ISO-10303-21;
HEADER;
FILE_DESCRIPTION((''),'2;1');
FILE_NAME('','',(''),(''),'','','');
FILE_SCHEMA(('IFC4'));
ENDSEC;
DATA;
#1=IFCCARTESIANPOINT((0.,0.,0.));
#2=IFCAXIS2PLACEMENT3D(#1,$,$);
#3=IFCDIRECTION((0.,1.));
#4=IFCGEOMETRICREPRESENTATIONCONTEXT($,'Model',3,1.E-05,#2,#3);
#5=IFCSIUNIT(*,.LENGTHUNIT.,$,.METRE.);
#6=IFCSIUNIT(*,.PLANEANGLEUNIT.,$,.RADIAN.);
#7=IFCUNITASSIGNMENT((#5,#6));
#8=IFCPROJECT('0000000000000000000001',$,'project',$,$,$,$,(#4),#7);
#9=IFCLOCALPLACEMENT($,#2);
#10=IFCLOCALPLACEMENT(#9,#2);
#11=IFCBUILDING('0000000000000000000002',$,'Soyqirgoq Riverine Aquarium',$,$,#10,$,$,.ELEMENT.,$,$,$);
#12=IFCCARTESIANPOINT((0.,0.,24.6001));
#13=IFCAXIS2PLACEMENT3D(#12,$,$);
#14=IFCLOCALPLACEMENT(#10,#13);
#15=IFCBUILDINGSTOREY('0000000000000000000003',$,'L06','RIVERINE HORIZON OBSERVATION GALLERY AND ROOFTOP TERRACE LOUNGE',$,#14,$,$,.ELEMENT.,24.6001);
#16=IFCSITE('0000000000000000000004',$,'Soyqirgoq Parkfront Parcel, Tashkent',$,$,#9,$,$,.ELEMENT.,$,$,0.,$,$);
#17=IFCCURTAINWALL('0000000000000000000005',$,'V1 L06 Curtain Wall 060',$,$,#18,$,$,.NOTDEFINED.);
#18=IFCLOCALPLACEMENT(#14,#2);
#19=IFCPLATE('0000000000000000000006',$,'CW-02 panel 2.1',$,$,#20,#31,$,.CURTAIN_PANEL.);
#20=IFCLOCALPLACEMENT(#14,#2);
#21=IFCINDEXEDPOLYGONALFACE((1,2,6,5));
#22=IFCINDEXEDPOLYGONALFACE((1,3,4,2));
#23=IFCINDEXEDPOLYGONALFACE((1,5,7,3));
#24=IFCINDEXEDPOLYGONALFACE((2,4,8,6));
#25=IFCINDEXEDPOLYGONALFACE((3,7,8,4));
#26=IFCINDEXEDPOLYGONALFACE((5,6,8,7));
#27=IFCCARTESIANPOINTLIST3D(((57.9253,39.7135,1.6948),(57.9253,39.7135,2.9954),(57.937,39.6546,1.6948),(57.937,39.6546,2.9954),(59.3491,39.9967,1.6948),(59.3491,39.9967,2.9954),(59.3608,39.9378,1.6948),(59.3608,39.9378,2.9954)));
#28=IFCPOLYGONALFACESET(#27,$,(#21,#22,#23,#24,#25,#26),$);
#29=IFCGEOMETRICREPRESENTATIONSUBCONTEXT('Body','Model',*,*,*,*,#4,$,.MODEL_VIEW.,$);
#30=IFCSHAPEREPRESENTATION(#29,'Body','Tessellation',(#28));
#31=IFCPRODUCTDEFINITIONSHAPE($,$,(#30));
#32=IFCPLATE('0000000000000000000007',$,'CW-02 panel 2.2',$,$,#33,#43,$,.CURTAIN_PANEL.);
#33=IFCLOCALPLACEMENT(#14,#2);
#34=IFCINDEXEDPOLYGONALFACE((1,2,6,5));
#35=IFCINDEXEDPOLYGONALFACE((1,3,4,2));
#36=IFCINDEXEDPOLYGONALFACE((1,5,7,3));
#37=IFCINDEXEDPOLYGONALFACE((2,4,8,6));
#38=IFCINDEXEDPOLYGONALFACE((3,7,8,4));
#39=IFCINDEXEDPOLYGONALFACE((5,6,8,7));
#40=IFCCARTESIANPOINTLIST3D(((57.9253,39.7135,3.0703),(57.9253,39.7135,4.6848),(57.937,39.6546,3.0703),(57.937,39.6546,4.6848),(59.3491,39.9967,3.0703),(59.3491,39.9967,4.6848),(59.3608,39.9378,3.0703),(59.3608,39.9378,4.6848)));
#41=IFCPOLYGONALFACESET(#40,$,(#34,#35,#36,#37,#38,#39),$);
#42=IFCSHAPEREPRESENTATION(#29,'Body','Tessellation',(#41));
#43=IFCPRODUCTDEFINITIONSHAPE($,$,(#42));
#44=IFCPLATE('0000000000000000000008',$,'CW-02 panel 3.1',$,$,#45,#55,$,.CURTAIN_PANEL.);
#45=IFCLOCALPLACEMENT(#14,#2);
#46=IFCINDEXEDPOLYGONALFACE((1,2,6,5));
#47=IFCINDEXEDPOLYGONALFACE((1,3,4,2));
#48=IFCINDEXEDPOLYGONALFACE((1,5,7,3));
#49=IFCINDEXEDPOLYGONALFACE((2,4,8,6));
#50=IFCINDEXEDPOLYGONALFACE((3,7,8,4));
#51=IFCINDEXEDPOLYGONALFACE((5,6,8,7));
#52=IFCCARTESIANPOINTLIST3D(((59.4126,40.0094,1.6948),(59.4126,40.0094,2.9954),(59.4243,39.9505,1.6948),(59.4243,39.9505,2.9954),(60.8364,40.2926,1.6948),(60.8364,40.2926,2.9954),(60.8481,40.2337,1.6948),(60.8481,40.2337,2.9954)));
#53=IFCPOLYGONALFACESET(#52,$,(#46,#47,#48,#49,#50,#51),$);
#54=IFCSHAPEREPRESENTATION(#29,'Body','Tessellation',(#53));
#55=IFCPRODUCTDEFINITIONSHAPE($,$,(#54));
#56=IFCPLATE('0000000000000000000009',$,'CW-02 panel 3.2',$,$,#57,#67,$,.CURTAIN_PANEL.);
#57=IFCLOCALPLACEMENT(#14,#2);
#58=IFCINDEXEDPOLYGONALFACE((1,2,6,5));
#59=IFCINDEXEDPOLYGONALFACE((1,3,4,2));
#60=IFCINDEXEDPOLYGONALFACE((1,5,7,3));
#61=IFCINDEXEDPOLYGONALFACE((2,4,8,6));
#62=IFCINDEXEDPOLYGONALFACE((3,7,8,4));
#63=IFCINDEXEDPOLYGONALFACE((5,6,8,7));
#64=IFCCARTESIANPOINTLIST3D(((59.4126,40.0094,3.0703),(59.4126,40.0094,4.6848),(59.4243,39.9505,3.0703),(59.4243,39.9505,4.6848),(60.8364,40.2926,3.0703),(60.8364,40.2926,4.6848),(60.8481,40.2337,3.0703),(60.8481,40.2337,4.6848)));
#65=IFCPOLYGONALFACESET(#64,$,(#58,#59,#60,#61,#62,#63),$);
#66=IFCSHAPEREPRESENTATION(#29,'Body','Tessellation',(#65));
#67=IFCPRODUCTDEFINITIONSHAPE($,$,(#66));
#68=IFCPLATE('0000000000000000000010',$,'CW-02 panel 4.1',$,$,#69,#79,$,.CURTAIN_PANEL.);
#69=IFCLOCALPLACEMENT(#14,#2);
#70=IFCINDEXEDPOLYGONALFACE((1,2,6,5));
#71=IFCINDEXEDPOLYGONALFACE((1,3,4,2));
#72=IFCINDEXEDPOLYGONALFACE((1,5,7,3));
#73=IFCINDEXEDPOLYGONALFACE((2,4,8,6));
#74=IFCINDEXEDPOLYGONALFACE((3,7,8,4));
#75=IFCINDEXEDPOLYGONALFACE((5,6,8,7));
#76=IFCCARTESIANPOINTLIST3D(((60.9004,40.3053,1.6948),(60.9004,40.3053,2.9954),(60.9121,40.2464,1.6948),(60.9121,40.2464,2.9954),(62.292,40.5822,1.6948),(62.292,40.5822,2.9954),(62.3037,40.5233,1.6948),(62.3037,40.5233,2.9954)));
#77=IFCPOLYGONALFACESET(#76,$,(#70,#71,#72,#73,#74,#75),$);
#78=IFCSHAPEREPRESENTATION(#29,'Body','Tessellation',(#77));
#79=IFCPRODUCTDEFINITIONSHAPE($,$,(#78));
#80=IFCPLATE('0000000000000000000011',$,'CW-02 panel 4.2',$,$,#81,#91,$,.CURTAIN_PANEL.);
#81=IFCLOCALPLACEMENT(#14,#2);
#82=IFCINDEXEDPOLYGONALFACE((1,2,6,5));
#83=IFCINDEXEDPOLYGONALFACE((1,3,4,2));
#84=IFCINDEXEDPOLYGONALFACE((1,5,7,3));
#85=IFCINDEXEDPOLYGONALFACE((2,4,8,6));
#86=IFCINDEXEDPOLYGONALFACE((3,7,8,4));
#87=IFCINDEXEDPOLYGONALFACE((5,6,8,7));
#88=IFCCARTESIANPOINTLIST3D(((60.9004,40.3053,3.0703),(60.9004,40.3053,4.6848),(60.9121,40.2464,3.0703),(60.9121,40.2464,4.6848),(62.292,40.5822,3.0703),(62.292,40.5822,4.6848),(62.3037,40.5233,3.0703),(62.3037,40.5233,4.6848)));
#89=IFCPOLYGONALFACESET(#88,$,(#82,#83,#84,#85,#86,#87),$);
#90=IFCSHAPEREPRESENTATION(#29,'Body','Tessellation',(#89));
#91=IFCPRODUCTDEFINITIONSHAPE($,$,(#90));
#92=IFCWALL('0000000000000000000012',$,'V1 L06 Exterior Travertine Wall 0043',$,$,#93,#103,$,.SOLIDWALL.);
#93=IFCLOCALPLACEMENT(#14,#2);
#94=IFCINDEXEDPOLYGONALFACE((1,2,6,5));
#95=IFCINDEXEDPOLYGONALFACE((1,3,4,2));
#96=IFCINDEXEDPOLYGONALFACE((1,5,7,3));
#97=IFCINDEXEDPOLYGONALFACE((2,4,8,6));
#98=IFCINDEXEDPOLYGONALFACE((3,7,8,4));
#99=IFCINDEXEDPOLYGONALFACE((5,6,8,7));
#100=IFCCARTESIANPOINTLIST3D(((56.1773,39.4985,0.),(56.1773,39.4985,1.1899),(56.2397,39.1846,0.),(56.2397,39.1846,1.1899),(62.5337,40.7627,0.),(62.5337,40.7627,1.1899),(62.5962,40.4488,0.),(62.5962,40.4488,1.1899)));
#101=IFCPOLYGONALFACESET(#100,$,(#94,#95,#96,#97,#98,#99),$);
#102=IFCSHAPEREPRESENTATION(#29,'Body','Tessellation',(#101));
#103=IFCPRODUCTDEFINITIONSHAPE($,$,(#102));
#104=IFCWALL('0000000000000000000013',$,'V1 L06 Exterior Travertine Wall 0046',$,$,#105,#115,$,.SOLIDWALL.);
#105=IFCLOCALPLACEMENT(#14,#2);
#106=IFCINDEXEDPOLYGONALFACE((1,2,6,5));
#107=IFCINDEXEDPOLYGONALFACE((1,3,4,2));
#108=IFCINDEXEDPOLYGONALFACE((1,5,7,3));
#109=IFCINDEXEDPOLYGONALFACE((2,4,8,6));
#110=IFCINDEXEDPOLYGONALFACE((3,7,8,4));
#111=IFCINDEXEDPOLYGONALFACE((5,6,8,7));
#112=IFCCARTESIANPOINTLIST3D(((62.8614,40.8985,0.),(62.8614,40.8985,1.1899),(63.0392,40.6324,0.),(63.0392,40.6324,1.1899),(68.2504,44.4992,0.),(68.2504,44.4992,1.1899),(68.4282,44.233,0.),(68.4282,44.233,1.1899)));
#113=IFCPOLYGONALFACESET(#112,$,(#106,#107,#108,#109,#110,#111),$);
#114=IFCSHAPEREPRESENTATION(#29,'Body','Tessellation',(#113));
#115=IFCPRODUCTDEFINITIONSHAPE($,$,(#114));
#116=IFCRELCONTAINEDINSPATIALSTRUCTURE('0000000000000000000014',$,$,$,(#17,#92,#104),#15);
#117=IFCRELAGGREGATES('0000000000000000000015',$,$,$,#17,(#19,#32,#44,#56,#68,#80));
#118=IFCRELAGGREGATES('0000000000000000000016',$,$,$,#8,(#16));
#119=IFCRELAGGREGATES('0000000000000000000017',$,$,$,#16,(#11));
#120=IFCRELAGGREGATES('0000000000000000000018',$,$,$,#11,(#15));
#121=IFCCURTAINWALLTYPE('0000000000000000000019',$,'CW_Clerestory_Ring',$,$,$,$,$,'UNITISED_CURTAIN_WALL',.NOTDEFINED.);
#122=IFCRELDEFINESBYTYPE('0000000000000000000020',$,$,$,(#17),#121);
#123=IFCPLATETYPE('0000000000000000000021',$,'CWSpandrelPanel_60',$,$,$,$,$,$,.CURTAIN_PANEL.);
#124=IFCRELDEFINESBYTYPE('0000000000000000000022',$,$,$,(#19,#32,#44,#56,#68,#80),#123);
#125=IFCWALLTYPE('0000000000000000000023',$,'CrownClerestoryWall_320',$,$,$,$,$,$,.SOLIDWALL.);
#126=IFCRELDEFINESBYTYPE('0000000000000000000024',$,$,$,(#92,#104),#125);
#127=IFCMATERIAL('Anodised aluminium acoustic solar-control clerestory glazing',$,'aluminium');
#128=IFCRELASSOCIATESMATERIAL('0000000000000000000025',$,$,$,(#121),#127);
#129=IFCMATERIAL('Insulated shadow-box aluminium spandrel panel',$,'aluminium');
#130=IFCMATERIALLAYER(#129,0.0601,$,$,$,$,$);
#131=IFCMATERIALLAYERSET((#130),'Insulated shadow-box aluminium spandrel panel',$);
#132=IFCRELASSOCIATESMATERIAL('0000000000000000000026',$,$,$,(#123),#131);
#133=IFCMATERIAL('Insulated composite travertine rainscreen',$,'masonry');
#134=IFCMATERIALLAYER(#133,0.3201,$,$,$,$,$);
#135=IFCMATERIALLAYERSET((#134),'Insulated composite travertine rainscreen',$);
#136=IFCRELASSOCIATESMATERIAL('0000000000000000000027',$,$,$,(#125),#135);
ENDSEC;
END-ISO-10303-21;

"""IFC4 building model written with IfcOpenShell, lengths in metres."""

from ifc_helpers import new_model, si_unit, direction, frame, frame_2d, origin, origin_2d, place, context, subcontext, project, spatial, rectangle, extrude, material, layer, layer_set, type_object, element, aggregate, save


model = new_model("IFC4")

# Units and contexts
model_context = context("Model", 3, precision=1e-05, world=origin(), true_north=direction((0.0, 1.0)))
body_context = subcontext(model_context, "Body", "Model", "MODEL_VIEW")
ifc_project = project(units=[si_unit("LENGTHUNIT", "METRE"), si_unit("PLANEANGLEUNIT", "RADIAN")], contexts=[model_context])

# Site, building, storey
site_placement = place(None, origin())
site = spatial("IfcSite", under=ifc_project, at=site_placement, Name="Soyqirgoq Parkfront Parcel, Tashkent", CompositionType="ELEMENT", RefElevation=0.0)
building_placement = place(site_placement, origin())
building = spatial("IfcBuilding", under=site, at=building_placement, Name="Soyqirgoq Riverine Aquarium", CompositionType="ELEMENT")
storey_placement = place(building_placement, frame((0.0, 0.0, 24.6001)))
storey = spatial("IfcBuildingStorey", under=building, at=storey_placement, Name="L06", Description="RIVERINE HORIZON OBSERVATION GALLERY AND ROOFTOP TERRACE LOUNGE", CompositionType="ELEMENT", Elevation=24.6001)

# Shared definitions
ifc_material_1 = material(Name="Anodised aluminium acoustic solar-control clerestory glazing", Category="aluminium")
curtain_wall_type = type_object("IfcCurtainWallType", Name="CW_Clerestory_Ring", ElementType="UNITISED_CURTAIN_WALL", PredefinedType="NOTDEFINED", material=ifc_material_1)

# Curtain wall
curtain_wall_1_placement = place(storey_placement, origin())
curtain_wall_1 = element("IfcCurtainWall", 1, at=curtain_wall_1_placement, inside=storey, type_object=curtain_wall_type, Name="V1 L06 Curtain Wall 060", PredefinedType="NOTDEFINED")

# Plates
ifc_material_2 = material(Name="Insulated shadow-box aluminium spandrel panel", Category="aluminium")
ifc_layer_1 = layer(ifc_material_2, 0.0601)
ifc_layer_set_1 = layer_set([ifc_layer_1], Name="Insulated shadow-box aluminium spandrel panel")
plate_type_1 = type_object("IfcPlateType", Name="CWSpandrelPanel_60", PredefinedType="CURTAIN_PANEL", material=ifc_layer_set_1)
plate_1_placement = place(storey_placement, frame((58.6431, 39.8257, 1.6948), z_axis=(0.0, 0.0, 1.0), x_axis=(0.980784, 0.195095, 0.0)))
plate_1 = element("IfcPlate", 2, at=plate_1_placement, type_object=plate_type_1, Name="CW-02 panel 2.1", PredefinedType="CURTAIN_PANEL", context=body_context, shape_type="SweptSolid", body=[
    extrude(rectangle(XDim=1.4517, YDim=0.0601, at=origin_2d()), origin(), (0.0, 0.0, 1.0), 1.3005),
])
plate_2_placement = place(storey_placement, frame((58.6431, 39.8257, 3.0703), z_axis=(0.0, 0.0, 1.0), x_axis=(0.980784, 0.195095, 0.0)))
plate_2 = element("IfcPlate", 3, at=plate_2_placement, type_object=plate_type_1, Name="CW-02 panel 2.2", PredefinedType="CURTAIN_PANEL", context=body_context, shape_type="SweptSolid", body=[
    extrude(rectangle(XDim=1.4517, YDim=0.0601, at=origin_2d()), origin(), (0.0, 0.0, 1.0), 1.6145),
])
plate_3_placement = place(storey_placement, frame((60.1304, 40.1216, 1.6948), z_axis=(0.0, 0.0, 1.0), x_axis=(0.980784, 0.195095, 0.0)))
plate_3 = element("IfcPlate", 4, at=plate_3_placement, type_object=plate_type_1, Name="CW-02 panel 3.1", PredefinedType="CURTAIN_PANEL", context=body_context, shape_type="SweptSolid", body=[
    extrude(rectangle(XDim=1.4517, YDim=0.0601, at=origin_2d()), origin(), (0.0, 0.0, 1.0), 1.3005),
])
plate_4_placement = place(storey_placement, frame((60.1304, 40.1216, 3.0703), z_axis=(0.0, 0.0, 1.0), x_axis=(0.980784, 0.195095, 0.0)))
plate_4 = element("IfcPlate", 5, at=plate_4_placement, type_object=plate_type_1, Name="CW-02 panel 3.2", PredefinedType="CURTAIN_PANEL", context=body_context, shape_type="SweptSolid", body=[
    extrude(rectangle(XDim=1.4517, YDim=0.0601, at=origin_2d()), origin(), (0.0, 0.0, 1.0), 1.6145),
])
plate_5_placement = place(storey_placement, frame((61.6021, 40.4143, 1.6948), z_axis=(0.0, 0.0, 1.0), x_axis=(0.980784, 0.195095, 0.0)))
plate_5 = element("IfcPlate", 6, at=plate_5_placement, type_object=plate_type_1, Name="CW-02 panel 4.1", PredefinedType="CURTAIN_PANEL", context=body_context, shape_type="SweptSolid", body=[
    extrude(rectangle(XDim=1.4189, YDim=0.0601, at=origin_2d()), origin(), (0.0, 0.0, 1.0), 1.3005),
])
plate_6_placement = place(storey_placement, frame((61.6021, 40.4143, 3.0703), z_axis=(0.0, 0.0, 1.0), x_axis=(0.980784, 0.195095, 0.0)))
plate_6 = element("IfcPlate", 7, at=plate_6_placement, type_object=plate_type_1, Name="CW-02 panel 4.2", PredefinedType="CURTAIN_PANEL", context=body_context, shape_type="SweptSolid", body=[
    extrude(rectangle(XDim=1.4189, YDim=0.0601, at=origin_2d()), origin(), (0.0, 0.0, 1.0), 1.6145),
])
aggregate(curtain_wall_1, [plate_1, plate_2, plate_3, plate_4, plate_5, plate_6])

# Walls
ifc_material_3 = material(Name="Insulated composite travertine rainscreen", Category="masonry")
ifc_layer_2 = layer(ifc_material_3, 0.3201)
ifc_layer_set_2 = layer_set([ifc_layer_2], Name="Insulated composite travertine rainscreen")
wall_type = type_object("IfcWallType", Name="CrownClerestoryWall_320", PredefinedType="SOLIDWALL", material=ifc_layer_set_2)
wall_1_placement = place(storey_placement, frame((56.2085, 39.3416, 0.0), z_axis=(0.0, 0.0, 1.0), x_axis=(0.980792, 0.195058, 0.0)))
element("IfcWall", 8, at=wall_1_placement, inside=storey, type_object=wall_type, Name="V1 L06 Exterior Travertine Wall 0043", PredefinedType="SOLIDWALL", context=body_context, shape_type="SweptSolid", body=[
    extrude(rectangle(XDim=6.481, YDim=0.3201, at=frame_2d((3.2405, 0.0))), origin(), (0.0, 0.0, 1.0), 1.1899),
])
wall_2_placement = place(storey_placement, frame((62.9502, 40.7654, 0.0), z_axis=(0.0, 0.0, 1.0), x_axis=(0.831482, 0.555552, 0.0)))
element("IfcWall", 9, at=wall_2_placement, inside=storey, type_object=wall_type, Name="V1 L06 Exterior Travertine Wall 0046", PredefinedType="SOLIDWALL", context=body_context, shape_type="SweptSolid", body=[
    extrude(rectangle(XDim=6.4812, YDim=0.3201, at=frame_2d((3.2407, 0.0))), origin(), (0.0, 0.0, 1.0), 1.1899),
])

save(model, "model.ifc")
